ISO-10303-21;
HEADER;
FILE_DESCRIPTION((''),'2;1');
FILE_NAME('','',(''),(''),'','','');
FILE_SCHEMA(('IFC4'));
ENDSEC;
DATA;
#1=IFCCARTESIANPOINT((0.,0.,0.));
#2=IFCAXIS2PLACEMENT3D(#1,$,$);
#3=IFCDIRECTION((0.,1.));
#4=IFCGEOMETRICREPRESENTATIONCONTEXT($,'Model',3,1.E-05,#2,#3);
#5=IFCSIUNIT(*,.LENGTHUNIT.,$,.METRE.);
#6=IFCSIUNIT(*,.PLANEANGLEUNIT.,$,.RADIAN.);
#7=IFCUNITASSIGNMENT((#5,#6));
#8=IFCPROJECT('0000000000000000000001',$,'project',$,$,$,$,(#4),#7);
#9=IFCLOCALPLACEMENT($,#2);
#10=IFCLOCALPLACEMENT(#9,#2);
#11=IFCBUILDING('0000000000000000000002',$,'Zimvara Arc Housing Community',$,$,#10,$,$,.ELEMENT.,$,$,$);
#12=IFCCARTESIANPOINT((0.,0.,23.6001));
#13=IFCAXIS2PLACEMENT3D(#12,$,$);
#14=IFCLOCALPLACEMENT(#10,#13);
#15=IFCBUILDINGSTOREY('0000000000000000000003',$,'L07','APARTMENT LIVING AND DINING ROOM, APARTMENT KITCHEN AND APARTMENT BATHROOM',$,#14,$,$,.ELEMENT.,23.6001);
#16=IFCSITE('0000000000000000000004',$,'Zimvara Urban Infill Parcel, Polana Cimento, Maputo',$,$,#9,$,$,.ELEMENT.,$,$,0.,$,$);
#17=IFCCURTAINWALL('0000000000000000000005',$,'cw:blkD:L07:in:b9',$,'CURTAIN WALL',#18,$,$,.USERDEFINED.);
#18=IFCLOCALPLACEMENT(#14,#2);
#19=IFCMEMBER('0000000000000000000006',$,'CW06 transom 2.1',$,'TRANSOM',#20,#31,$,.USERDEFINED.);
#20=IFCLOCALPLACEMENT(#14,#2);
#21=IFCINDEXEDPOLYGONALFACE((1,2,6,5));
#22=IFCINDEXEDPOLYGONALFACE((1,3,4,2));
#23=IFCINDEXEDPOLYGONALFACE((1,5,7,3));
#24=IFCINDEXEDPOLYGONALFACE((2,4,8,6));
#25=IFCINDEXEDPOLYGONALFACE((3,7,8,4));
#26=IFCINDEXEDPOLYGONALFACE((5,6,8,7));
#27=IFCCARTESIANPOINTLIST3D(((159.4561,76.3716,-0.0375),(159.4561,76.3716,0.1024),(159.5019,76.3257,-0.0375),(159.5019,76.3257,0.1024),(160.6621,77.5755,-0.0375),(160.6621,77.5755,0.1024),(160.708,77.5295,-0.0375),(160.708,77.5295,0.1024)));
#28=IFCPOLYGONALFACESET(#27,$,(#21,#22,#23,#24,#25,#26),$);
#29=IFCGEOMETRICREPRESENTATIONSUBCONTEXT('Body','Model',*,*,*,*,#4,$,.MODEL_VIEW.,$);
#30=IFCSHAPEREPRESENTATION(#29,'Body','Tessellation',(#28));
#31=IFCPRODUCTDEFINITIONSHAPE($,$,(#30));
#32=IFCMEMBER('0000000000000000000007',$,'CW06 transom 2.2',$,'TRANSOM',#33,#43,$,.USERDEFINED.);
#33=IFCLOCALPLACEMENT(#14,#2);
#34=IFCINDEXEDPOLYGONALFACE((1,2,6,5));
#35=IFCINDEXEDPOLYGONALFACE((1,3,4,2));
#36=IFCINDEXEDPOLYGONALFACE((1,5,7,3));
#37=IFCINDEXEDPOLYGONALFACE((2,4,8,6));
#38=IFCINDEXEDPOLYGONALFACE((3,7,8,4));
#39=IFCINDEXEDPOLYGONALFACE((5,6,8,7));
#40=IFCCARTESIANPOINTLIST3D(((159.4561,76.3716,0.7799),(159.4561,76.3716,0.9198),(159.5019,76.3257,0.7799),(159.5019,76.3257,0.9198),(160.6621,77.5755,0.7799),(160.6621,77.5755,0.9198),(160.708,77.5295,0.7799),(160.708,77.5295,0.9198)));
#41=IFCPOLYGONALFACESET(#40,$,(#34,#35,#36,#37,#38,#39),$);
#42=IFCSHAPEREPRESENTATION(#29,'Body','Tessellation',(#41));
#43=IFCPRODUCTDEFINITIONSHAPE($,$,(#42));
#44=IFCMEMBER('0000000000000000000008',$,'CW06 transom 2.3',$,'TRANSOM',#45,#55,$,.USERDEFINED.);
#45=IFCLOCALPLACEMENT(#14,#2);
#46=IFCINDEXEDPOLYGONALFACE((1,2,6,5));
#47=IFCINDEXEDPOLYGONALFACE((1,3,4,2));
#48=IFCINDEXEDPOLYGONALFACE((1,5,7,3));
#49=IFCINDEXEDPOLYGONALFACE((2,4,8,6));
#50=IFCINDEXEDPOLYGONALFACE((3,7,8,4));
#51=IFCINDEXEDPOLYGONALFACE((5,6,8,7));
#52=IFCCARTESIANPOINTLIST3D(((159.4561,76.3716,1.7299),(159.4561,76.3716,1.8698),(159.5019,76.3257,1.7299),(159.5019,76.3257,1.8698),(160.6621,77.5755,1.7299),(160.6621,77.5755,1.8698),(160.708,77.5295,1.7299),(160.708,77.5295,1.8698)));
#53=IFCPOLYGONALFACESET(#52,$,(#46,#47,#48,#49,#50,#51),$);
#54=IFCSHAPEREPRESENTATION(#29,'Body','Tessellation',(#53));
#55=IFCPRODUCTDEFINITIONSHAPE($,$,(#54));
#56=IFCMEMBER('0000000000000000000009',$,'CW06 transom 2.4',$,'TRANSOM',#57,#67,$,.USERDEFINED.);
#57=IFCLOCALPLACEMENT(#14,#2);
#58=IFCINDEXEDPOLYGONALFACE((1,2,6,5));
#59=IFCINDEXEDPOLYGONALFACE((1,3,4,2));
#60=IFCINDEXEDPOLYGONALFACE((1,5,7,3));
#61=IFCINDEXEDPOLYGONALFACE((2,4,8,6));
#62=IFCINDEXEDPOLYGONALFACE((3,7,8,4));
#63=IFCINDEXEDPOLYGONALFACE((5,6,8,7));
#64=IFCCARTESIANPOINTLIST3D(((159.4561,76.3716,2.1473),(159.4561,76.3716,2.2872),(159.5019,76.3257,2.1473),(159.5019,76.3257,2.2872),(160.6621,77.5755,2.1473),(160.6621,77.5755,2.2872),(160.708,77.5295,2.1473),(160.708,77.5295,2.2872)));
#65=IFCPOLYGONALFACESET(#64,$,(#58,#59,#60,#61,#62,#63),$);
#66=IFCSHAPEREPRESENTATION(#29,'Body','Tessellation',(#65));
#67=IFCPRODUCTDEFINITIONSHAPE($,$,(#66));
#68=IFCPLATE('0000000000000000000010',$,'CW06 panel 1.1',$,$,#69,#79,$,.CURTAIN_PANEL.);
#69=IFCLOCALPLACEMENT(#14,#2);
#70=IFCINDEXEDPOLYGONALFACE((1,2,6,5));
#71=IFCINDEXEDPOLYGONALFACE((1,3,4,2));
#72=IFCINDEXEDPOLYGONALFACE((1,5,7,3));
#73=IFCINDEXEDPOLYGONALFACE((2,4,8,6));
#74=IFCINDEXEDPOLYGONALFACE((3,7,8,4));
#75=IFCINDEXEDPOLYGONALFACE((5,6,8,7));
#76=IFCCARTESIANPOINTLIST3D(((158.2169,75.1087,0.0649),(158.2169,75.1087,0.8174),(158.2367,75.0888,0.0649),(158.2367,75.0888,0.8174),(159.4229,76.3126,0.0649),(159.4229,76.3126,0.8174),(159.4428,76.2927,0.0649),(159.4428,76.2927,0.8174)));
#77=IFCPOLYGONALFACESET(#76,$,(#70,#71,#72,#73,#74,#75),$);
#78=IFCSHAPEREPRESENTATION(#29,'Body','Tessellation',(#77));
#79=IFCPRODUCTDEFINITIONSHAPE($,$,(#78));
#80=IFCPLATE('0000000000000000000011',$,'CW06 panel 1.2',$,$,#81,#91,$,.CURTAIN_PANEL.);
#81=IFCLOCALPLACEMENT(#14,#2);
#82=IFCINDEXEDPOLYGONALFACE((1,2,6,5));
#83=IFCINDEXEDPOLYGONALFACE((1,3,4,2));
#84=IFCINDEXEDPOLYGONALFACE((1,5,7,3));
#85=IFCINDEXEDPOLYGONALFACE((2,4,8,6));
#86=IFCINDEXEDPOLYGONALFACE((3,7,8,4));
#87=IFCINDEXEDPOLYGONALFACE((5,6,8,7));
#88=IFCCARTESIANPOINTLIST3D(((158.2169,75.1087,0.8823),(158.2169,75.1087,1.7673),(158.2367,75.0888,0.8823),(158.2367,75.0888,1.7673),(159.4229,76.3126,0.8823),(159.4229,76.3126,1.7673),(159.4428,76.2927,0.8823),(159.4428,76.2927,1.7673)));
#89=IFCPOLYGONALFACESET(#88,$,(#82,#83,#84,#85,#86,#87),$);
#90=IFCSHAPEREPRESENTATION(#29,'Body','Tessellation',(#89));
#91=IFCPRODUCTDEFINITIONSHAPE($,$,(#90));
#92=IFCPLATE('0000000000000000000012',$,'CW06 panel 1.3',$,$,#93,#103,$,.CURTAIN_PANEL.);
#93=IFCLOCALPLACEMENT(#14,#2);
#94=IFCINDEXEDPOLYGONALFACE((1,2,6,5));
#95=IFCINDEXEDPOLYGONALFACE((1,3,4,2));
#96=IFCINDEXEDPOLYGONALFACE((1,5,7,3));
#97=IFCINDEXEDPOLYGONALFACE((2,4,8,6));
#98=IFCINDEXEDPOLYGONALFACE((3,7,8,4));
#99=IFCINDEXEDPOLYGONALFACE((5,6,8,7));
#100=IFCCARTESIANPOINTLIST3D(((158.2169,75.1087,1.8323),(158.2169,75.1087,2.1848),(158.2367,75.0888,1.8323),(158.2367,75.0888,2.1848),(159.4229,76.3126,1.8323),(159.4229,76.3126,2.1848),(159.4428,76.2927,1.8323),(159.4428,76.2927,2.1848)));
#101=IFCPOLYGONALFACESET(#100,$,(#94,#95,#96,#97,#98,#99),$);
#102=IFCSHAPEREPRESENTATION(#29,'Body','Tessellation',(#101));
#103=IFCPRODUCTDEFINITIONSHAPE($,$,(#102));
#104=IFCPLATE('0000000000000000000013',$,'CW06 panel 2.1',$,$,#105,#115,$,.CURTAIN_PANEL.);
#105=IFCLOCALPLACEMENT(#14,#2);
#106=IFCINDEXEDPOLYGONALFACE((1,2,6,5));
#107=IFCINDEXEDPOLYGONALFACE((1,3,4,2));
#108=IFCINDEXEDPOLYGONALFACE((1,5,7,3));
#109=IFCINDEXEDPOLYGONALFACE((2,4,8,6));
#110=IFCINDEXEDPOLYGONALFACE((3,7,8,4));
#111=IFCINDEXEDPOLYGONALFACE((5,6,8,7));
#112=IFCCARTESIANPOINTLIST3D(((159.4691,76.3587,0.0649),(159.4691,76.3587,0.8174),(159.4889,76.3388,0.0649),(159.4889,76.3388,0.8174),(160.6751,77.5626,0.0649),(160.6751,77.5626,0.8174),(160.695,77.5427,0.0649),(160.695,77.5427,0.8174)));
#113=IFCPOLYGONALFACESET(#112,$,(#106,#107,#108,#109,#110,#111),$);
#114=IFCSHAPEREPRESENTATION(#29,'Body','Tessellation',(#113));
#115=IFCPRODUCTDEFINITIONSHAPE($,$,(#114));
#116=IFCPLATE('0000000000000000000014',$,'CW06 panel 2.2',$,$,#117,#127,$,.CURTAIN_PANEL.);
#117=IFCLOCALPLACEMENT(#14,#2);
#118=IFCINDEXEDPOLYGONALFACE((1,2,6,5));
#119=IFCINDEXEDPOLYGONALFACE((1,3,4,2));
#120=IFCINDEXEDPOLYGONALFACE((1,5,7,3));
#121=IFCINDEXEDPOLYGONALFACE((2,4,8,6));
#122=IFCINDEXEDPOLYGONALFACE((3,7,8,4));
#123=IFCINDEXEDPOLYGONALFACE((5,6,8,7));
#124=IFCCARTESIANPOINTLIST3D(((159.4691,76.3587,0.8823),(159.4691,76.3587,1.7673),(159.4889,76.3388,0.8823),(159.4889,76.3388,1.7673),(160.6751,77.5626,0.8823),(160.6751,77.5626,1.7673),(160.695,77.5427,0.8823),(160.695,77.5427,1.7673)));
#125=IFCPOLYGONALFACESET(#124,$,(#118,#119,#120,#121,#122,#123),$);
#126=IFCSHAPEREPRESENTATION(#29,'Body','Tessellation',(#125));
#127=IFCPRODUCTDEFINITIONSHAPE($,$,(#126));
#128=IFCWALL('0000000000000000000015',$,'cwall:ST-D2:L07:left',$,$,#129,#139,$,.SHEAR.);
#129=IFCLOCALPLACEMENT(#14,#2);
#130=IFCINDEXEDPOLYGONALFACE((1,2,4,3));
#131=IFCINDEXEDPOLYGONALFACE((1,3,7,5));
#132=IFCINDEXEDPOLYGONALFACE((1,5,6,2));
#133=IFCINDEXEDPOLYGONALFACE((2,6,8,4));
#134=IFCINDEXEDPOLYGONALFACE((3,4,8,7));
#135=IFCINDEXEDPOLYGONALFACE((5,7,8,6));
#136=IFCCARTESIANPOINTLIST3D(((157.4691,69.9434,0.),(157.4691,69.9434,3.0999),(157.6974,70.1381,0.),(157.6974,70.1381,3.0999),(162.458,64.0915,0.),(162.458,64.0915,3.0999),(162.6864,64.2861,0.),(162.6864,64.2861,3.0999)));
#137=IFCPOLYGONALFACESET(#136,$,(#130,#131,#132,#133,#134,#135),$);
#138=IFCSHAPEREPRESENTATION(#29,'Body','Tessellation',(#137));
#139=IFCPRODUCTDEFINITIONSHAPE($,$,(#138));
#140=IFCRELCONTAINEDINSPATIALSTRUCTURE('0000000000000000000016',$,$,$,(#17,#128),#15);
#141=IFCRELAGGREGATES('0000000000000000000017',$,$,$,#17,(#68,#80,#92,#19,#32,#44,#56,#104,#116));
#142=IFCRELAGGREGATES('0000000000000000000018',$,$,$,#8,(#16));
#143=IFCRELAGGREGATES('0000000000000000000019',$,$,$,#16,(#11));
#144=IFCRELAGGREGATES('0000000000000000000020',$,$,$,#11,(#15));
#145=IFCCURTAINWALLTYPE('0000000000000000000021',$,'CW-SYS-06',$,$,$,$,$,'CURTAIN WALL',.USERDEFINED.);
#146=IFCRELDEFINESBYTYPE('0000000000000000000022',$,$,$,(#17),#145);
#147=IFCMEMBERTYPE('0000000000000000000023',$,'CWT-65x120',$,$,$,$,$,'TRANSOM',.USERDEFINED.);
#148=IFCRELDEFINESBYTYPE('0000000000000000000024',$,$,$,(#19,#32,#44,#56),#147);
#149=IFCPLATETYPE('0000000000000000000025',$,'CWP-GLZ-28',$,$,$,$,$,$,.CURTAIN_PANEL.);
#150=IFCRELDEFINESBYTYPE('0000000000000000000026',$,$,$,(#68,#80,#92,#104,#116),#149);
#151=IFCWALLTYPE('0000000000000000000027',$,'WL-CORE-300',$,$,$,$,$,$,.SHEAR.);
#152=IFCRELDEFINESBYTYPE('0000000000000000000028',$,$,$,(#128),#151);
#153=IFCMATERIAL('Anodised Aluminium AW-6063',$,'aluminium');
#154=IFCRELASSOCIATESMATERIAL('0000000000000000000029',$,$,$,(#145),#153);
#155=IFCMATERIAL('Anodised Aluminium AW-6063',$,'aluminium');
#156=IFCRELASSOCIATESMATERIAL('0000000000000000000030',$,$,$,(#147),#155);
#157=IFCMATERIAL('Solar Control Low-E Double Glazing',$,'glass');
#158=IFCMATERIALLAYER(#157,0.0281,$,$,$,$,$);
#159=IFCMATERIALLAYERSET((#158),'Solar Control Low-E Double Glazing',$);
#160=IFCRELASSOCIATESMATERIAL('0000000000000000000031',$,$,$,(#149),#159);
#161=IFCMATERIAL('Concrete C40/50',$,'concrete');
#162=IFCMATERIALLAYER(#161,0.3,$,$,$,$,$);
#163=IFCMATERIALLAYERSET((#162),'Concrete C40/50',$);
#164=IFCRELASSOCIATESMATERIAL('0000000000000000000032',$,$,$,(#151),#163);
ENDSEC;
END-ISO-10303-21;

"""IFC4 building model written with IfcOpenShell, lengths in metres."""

from ifc_helpers import new_model, si_unit, direction, frame, frame_2d, origin, origin_2d, place, context, subcontext, project, spatial, rectangle, extrude, material, layer, layer_set, material_profile, profile_set, type_object, element, aggregate, save


model = new_model("IFC4")

# Units and contexts
model_context = context("Model", 3, precision=1e-05, world=origin(), true_north=direction((0.0, 1.0)))
body_context = subcontext(model_context, "Body", "Model", "MODEL_VIEW")
ifc_project = project(units=[si_unit("LENGTHUNIT", "METRE"), si_unit("PLANEANGLEUNIT", "RADIAN")], contexts=[model_context])

# Site, building, storey
site_placement = place(None, origin())
site = spatial("IfcSite", under=ifc_project, at=site_placement, Name="Zimvara Urban Infill Parcel, Polana Cimento, Maputo", CompositionType="ELEMENT", RefElevation=0.0)
building_placement = place(site_placement, origin())
building = spatial("IfcBuilding", under=site, at=building_placement, Name="Zimvara Arc Housing Community", CompositionType="ELEMENT")
storey_placement = place(building_placement, frame((0.0, 0.0, 23.6001)))
storey = spatial("IfcBuildingStorey", under=building, at=storey_placement, Name="L07", Description="APARTMENT LIVING AND DINING ROOM, APARTMENT KITCHEN AND APARTMENT BATHROOM", CompositionType="ELEMENT", Elevation=23.6001)

# Curtain wall, members, plates
ifc_material_1 = material(Name="Anodised Aluminium AW-6063", Category="aluminium")
curtain_wall_type = type_object("IfcCurtainWallType", Name="CW-SYS-06", ElementType="CURTAIN WALL", PredefinedType="USERDEFINED", material=ifc_material_1)
curtain_wall_placement = place(storey_placement, origin())
curtain_wall = element("IfcCurtainWall", 1, at=curtain_wall_placement, inside=storey, type_object=curtain_wall_type, Name="cw:blkD:L07:in:b9", ObjectType="CURTAIN WALL", PredefinedType="USERDEFINED")
ifc_material_2 = material(Name="Anodised Aluminium AW-6063", Category="aluminium")
ifc_material_profile_1 = material_profile(ifc_material_2, rectangle(XDim=0.0649, YDim=0.1399, at=origin_2d()), Name="ALU 65x140")
ifc_profile_set_1 = profile_set([ifc_material_profile_1], Name="Anodised Aluminium AW-6063")
member_type_1 = type_object("IfcMemberType", Name="CWT-65x120", ElementType="TRANSOM", PredefinedType="USERDEFINED", material=ifc_profile_set_1)
member_1_placement = place(storey_placement, frame((159.479, 76.3486, 0.0325), z_axis=(0.707751, 0.706462, 0.0), x_axis=(-0.706462, 0.707751, 0.0)))
member_1 = element("IfcMember", 2, at=member_1_placement, type_object=member_type_1, Name="CW06 transom 2.1", ObjectType="TRANSOM", PredefinedType="USERDEFINED", context=body_context, shape_type="SweptSolid", body=[
    extrude(rectangle(XDim=0.0649, YDim=0.1399, at=origin_2d()), origin(), (0.0, 0.0, 1.0), 1.7041),
])
member_2_placement = place(storey_placement, frame((159.479, 76.3486, 0.8499), z_axis=(0.707751, 0.706462, 0.0), x_axis=(-0.706462, 0.707751, 0.0)))
member_2 = element("IfcMember", 3, at=member_2_placement, type_object=member_type_1, Name="CW06 transom 2.2", ObjectType="TRANSOM", PredefinedType="USERDEFINED", context=body_context, shape_type="SweptSolid", body=[
    extrude(rectangle(XDim=0.0649, YDim=0.1399, at=origin_2d()), origin(), (0.0, 0.0, 1.0), 1.7041),
])
member_3_placement = place(storey_placement, frame((159.479, 76.3486, 1.7998), z_axis=(0.707751, 0.706462, 0.0), x_axis=(-0.706462, 0.707751, 0.0)))
member_3 = element("IfcMember", 4, at=member_3_placement, type_object=member_type_1, Name="CW06 transom 2.3", ObjectType="TRANSOM", PredefinedType="USERDEFINED", context=body_context, shape_type="SweptSolid", body=[
    extrude(rectangle(XDim=0.0649, YDim=0.1399, at=origin_2d()), origin(), (0.0, 0.0, 1.0), 1.7041),
])
member_4_placement = place(storey_placement, frame((159.479, 76.3486, 2.2173), z_axis=(0.707751, 0.706462, 0.0), x_axis=(-0.706462, 0.707751, 0.0)))
member_4 = element("IfcMember", 5, at=member_4_placement, type_object=member_type_1, Name="CW06 transom 2.4", ObjectType="TRANSOM", PredefinedType="USERDEFINED", context=body_context, shape_type="SweptSolid", body=[
    extrude(rectangle(XDim=0.0649, YDim=0.1399, at=origin_2d()), origin(), (0.0, 0.0, 1.0), 1.7041),
])
ifc_material_3 = material(Name="Solar Control Low-E Double Glazing", Category="glass")
ifc_layer_1 = layer(ifc_material_3, 0.0281)
ifc_layer_set_1 = layer_set([ifc_layer_1], Name="Solar Control Low-E Double Glazing")
plate_type = type_object("IfcPlateType", Name="CWP-GLZ-28", PredefinedType="CURTAIN_PANEL", material=ifc_layer_set_1)
plate_1_placement = place(storey_placement, frame((158.8298, 75.7007, 0.0649), z_axis=(0.0, 0.0, 1.0), x_axis=(0.707724, 0.706489, 0.0)))
plate_1 = element("IfcPlate", 6, at=plate_1_placement, type_object=plate_type, Name="CW06 panel 1.1", PredefinedType="CURTAIN_PANEL", context=body_context, shape_type="SweptSolid", body=[
    extrude(rectangle(XDim=1.7041, YDim=0.0281, at=origin_2d()), origin(), (0.0, 0.0, 1.0), 0.7524),
])
plate_2_placement = place(storey_placement, frame((158.8298, 75.7007, 0.8823), z_axis=(0.0, 0.0, 1.0), x_axis=(0.707724, 0.706489, 0.0)))
plate_2 = element("IfcPlate", 7, at=plate_2_placement, type_object=plate_type, Name="CW06 panel 1.2", PredefinedType="CURTAIN_PANEL", context=body_context, shape_type="SweptSolid", body=[
    extrude(rectangle(XDim=1.7041, YDim=0.0281, at=origin_2d()), origin(), (0.0, 0.0, 1.0), 0.885),
])
plate_3_placement = place(storey_placement, frame((158.8298, 75.7007, 1.8323), z_axis=(0.0, 0.0, 1.0), x_axis=(0.707724, 0.706489, 0.0)))
plate_3 = element("IfcPlate", 8, at=plate_3_placement, type_object=plate_type, Name="CW06 panel 1.3", PredefinedType="CURTAIN_PANEL", context=body_context, shape_type="SweptSolid", body=[
    extrude(rectangle(XDim=1.7041, YDim=0.0281, at=origin_2d()), origin(), (0.0, 0.0, 1.0), 0.3525),
])
plate_4_placement = place(storey_placement, frame((160.082, 76.9507, 0.0649), z_axis=(0.0, 0.0, 1.0), x_axis=(0.707724, 0.706489, 0.0)))
plate_4 = element("IfcPlate", 9, at=plate_4_placement, type_object=plate_type, Name="CW06 panel 2.1", PredefinedType="CURTAIN_PANEL", context=body_context, shape_type="SweptSolid", body=[
    extrude(rectangle(XDim=1.7041, YDim=0.0281, at=origin_2d()), origin(), (0.0, 0.0, 1.0), 0.7524),
])
plate_5_placement = place(storey_placement, frame((160.082, 76.9507, 0.8823), z_axis=(0.0, 0.0, 1.0), x_axis=(0.707724, 0.706489, 0.0)))
plate_5 = element("IfcPlate", 10, at=plate_5_placement, type_object=plate_type, Name="CW06 panel 2.2", PredefinedType="CURTAIN_PANEL", context=body_context, shape_type="SweptSolid", body=[
    extrude(rectangle(XDim=1.7041, YDim=0.0281, at=origin_2d()), origin(), (0.0, 0.0, 1.0), 0.885),
])
aggregate(curtain_wall, [plate_1, plate_2, plate_3, member_1, member_2, member_3, member_4, plate_4, plate_5])

# Shared definitions
ifc_material_4 = material(Name="Concrete C40/50", Category="concrete")
ifc_layer_2 = layer(ifc_material_4, 0.3)
ifc_layer_set_2 = layer_set([ifc_layer_2], Name="Concrete C40/50")
wall_type_1 = type_object("IfcWallType", Name="WL-CORE-300", PredefinedType="SHEAR", material=ifc_layer_set_2)

# Wall
wall_1_placement = place(storey_placement, frame((157.5833, 70.0408, 0.0), z_axis=(0.0, 0.0, 1.0), x_axis=(0.648763, -0.760991, 0.0)))
element("IfcWall", 11, at=wall_1_placement, inside=storey, type_object=wall_type_1, Name="cwall:ST-D2:L07:left", PredefinedType="SHEAR", context=body_context, shape_type="SweptSolid", body=[
    extrude(rectangle(XDim=7.6899, YDim=0.3, at=frame_2d((3.845, 0.0))), origin(), (0.0, 0.0, 1.0), 3.0999),
])

save(model, "model.ifc")
